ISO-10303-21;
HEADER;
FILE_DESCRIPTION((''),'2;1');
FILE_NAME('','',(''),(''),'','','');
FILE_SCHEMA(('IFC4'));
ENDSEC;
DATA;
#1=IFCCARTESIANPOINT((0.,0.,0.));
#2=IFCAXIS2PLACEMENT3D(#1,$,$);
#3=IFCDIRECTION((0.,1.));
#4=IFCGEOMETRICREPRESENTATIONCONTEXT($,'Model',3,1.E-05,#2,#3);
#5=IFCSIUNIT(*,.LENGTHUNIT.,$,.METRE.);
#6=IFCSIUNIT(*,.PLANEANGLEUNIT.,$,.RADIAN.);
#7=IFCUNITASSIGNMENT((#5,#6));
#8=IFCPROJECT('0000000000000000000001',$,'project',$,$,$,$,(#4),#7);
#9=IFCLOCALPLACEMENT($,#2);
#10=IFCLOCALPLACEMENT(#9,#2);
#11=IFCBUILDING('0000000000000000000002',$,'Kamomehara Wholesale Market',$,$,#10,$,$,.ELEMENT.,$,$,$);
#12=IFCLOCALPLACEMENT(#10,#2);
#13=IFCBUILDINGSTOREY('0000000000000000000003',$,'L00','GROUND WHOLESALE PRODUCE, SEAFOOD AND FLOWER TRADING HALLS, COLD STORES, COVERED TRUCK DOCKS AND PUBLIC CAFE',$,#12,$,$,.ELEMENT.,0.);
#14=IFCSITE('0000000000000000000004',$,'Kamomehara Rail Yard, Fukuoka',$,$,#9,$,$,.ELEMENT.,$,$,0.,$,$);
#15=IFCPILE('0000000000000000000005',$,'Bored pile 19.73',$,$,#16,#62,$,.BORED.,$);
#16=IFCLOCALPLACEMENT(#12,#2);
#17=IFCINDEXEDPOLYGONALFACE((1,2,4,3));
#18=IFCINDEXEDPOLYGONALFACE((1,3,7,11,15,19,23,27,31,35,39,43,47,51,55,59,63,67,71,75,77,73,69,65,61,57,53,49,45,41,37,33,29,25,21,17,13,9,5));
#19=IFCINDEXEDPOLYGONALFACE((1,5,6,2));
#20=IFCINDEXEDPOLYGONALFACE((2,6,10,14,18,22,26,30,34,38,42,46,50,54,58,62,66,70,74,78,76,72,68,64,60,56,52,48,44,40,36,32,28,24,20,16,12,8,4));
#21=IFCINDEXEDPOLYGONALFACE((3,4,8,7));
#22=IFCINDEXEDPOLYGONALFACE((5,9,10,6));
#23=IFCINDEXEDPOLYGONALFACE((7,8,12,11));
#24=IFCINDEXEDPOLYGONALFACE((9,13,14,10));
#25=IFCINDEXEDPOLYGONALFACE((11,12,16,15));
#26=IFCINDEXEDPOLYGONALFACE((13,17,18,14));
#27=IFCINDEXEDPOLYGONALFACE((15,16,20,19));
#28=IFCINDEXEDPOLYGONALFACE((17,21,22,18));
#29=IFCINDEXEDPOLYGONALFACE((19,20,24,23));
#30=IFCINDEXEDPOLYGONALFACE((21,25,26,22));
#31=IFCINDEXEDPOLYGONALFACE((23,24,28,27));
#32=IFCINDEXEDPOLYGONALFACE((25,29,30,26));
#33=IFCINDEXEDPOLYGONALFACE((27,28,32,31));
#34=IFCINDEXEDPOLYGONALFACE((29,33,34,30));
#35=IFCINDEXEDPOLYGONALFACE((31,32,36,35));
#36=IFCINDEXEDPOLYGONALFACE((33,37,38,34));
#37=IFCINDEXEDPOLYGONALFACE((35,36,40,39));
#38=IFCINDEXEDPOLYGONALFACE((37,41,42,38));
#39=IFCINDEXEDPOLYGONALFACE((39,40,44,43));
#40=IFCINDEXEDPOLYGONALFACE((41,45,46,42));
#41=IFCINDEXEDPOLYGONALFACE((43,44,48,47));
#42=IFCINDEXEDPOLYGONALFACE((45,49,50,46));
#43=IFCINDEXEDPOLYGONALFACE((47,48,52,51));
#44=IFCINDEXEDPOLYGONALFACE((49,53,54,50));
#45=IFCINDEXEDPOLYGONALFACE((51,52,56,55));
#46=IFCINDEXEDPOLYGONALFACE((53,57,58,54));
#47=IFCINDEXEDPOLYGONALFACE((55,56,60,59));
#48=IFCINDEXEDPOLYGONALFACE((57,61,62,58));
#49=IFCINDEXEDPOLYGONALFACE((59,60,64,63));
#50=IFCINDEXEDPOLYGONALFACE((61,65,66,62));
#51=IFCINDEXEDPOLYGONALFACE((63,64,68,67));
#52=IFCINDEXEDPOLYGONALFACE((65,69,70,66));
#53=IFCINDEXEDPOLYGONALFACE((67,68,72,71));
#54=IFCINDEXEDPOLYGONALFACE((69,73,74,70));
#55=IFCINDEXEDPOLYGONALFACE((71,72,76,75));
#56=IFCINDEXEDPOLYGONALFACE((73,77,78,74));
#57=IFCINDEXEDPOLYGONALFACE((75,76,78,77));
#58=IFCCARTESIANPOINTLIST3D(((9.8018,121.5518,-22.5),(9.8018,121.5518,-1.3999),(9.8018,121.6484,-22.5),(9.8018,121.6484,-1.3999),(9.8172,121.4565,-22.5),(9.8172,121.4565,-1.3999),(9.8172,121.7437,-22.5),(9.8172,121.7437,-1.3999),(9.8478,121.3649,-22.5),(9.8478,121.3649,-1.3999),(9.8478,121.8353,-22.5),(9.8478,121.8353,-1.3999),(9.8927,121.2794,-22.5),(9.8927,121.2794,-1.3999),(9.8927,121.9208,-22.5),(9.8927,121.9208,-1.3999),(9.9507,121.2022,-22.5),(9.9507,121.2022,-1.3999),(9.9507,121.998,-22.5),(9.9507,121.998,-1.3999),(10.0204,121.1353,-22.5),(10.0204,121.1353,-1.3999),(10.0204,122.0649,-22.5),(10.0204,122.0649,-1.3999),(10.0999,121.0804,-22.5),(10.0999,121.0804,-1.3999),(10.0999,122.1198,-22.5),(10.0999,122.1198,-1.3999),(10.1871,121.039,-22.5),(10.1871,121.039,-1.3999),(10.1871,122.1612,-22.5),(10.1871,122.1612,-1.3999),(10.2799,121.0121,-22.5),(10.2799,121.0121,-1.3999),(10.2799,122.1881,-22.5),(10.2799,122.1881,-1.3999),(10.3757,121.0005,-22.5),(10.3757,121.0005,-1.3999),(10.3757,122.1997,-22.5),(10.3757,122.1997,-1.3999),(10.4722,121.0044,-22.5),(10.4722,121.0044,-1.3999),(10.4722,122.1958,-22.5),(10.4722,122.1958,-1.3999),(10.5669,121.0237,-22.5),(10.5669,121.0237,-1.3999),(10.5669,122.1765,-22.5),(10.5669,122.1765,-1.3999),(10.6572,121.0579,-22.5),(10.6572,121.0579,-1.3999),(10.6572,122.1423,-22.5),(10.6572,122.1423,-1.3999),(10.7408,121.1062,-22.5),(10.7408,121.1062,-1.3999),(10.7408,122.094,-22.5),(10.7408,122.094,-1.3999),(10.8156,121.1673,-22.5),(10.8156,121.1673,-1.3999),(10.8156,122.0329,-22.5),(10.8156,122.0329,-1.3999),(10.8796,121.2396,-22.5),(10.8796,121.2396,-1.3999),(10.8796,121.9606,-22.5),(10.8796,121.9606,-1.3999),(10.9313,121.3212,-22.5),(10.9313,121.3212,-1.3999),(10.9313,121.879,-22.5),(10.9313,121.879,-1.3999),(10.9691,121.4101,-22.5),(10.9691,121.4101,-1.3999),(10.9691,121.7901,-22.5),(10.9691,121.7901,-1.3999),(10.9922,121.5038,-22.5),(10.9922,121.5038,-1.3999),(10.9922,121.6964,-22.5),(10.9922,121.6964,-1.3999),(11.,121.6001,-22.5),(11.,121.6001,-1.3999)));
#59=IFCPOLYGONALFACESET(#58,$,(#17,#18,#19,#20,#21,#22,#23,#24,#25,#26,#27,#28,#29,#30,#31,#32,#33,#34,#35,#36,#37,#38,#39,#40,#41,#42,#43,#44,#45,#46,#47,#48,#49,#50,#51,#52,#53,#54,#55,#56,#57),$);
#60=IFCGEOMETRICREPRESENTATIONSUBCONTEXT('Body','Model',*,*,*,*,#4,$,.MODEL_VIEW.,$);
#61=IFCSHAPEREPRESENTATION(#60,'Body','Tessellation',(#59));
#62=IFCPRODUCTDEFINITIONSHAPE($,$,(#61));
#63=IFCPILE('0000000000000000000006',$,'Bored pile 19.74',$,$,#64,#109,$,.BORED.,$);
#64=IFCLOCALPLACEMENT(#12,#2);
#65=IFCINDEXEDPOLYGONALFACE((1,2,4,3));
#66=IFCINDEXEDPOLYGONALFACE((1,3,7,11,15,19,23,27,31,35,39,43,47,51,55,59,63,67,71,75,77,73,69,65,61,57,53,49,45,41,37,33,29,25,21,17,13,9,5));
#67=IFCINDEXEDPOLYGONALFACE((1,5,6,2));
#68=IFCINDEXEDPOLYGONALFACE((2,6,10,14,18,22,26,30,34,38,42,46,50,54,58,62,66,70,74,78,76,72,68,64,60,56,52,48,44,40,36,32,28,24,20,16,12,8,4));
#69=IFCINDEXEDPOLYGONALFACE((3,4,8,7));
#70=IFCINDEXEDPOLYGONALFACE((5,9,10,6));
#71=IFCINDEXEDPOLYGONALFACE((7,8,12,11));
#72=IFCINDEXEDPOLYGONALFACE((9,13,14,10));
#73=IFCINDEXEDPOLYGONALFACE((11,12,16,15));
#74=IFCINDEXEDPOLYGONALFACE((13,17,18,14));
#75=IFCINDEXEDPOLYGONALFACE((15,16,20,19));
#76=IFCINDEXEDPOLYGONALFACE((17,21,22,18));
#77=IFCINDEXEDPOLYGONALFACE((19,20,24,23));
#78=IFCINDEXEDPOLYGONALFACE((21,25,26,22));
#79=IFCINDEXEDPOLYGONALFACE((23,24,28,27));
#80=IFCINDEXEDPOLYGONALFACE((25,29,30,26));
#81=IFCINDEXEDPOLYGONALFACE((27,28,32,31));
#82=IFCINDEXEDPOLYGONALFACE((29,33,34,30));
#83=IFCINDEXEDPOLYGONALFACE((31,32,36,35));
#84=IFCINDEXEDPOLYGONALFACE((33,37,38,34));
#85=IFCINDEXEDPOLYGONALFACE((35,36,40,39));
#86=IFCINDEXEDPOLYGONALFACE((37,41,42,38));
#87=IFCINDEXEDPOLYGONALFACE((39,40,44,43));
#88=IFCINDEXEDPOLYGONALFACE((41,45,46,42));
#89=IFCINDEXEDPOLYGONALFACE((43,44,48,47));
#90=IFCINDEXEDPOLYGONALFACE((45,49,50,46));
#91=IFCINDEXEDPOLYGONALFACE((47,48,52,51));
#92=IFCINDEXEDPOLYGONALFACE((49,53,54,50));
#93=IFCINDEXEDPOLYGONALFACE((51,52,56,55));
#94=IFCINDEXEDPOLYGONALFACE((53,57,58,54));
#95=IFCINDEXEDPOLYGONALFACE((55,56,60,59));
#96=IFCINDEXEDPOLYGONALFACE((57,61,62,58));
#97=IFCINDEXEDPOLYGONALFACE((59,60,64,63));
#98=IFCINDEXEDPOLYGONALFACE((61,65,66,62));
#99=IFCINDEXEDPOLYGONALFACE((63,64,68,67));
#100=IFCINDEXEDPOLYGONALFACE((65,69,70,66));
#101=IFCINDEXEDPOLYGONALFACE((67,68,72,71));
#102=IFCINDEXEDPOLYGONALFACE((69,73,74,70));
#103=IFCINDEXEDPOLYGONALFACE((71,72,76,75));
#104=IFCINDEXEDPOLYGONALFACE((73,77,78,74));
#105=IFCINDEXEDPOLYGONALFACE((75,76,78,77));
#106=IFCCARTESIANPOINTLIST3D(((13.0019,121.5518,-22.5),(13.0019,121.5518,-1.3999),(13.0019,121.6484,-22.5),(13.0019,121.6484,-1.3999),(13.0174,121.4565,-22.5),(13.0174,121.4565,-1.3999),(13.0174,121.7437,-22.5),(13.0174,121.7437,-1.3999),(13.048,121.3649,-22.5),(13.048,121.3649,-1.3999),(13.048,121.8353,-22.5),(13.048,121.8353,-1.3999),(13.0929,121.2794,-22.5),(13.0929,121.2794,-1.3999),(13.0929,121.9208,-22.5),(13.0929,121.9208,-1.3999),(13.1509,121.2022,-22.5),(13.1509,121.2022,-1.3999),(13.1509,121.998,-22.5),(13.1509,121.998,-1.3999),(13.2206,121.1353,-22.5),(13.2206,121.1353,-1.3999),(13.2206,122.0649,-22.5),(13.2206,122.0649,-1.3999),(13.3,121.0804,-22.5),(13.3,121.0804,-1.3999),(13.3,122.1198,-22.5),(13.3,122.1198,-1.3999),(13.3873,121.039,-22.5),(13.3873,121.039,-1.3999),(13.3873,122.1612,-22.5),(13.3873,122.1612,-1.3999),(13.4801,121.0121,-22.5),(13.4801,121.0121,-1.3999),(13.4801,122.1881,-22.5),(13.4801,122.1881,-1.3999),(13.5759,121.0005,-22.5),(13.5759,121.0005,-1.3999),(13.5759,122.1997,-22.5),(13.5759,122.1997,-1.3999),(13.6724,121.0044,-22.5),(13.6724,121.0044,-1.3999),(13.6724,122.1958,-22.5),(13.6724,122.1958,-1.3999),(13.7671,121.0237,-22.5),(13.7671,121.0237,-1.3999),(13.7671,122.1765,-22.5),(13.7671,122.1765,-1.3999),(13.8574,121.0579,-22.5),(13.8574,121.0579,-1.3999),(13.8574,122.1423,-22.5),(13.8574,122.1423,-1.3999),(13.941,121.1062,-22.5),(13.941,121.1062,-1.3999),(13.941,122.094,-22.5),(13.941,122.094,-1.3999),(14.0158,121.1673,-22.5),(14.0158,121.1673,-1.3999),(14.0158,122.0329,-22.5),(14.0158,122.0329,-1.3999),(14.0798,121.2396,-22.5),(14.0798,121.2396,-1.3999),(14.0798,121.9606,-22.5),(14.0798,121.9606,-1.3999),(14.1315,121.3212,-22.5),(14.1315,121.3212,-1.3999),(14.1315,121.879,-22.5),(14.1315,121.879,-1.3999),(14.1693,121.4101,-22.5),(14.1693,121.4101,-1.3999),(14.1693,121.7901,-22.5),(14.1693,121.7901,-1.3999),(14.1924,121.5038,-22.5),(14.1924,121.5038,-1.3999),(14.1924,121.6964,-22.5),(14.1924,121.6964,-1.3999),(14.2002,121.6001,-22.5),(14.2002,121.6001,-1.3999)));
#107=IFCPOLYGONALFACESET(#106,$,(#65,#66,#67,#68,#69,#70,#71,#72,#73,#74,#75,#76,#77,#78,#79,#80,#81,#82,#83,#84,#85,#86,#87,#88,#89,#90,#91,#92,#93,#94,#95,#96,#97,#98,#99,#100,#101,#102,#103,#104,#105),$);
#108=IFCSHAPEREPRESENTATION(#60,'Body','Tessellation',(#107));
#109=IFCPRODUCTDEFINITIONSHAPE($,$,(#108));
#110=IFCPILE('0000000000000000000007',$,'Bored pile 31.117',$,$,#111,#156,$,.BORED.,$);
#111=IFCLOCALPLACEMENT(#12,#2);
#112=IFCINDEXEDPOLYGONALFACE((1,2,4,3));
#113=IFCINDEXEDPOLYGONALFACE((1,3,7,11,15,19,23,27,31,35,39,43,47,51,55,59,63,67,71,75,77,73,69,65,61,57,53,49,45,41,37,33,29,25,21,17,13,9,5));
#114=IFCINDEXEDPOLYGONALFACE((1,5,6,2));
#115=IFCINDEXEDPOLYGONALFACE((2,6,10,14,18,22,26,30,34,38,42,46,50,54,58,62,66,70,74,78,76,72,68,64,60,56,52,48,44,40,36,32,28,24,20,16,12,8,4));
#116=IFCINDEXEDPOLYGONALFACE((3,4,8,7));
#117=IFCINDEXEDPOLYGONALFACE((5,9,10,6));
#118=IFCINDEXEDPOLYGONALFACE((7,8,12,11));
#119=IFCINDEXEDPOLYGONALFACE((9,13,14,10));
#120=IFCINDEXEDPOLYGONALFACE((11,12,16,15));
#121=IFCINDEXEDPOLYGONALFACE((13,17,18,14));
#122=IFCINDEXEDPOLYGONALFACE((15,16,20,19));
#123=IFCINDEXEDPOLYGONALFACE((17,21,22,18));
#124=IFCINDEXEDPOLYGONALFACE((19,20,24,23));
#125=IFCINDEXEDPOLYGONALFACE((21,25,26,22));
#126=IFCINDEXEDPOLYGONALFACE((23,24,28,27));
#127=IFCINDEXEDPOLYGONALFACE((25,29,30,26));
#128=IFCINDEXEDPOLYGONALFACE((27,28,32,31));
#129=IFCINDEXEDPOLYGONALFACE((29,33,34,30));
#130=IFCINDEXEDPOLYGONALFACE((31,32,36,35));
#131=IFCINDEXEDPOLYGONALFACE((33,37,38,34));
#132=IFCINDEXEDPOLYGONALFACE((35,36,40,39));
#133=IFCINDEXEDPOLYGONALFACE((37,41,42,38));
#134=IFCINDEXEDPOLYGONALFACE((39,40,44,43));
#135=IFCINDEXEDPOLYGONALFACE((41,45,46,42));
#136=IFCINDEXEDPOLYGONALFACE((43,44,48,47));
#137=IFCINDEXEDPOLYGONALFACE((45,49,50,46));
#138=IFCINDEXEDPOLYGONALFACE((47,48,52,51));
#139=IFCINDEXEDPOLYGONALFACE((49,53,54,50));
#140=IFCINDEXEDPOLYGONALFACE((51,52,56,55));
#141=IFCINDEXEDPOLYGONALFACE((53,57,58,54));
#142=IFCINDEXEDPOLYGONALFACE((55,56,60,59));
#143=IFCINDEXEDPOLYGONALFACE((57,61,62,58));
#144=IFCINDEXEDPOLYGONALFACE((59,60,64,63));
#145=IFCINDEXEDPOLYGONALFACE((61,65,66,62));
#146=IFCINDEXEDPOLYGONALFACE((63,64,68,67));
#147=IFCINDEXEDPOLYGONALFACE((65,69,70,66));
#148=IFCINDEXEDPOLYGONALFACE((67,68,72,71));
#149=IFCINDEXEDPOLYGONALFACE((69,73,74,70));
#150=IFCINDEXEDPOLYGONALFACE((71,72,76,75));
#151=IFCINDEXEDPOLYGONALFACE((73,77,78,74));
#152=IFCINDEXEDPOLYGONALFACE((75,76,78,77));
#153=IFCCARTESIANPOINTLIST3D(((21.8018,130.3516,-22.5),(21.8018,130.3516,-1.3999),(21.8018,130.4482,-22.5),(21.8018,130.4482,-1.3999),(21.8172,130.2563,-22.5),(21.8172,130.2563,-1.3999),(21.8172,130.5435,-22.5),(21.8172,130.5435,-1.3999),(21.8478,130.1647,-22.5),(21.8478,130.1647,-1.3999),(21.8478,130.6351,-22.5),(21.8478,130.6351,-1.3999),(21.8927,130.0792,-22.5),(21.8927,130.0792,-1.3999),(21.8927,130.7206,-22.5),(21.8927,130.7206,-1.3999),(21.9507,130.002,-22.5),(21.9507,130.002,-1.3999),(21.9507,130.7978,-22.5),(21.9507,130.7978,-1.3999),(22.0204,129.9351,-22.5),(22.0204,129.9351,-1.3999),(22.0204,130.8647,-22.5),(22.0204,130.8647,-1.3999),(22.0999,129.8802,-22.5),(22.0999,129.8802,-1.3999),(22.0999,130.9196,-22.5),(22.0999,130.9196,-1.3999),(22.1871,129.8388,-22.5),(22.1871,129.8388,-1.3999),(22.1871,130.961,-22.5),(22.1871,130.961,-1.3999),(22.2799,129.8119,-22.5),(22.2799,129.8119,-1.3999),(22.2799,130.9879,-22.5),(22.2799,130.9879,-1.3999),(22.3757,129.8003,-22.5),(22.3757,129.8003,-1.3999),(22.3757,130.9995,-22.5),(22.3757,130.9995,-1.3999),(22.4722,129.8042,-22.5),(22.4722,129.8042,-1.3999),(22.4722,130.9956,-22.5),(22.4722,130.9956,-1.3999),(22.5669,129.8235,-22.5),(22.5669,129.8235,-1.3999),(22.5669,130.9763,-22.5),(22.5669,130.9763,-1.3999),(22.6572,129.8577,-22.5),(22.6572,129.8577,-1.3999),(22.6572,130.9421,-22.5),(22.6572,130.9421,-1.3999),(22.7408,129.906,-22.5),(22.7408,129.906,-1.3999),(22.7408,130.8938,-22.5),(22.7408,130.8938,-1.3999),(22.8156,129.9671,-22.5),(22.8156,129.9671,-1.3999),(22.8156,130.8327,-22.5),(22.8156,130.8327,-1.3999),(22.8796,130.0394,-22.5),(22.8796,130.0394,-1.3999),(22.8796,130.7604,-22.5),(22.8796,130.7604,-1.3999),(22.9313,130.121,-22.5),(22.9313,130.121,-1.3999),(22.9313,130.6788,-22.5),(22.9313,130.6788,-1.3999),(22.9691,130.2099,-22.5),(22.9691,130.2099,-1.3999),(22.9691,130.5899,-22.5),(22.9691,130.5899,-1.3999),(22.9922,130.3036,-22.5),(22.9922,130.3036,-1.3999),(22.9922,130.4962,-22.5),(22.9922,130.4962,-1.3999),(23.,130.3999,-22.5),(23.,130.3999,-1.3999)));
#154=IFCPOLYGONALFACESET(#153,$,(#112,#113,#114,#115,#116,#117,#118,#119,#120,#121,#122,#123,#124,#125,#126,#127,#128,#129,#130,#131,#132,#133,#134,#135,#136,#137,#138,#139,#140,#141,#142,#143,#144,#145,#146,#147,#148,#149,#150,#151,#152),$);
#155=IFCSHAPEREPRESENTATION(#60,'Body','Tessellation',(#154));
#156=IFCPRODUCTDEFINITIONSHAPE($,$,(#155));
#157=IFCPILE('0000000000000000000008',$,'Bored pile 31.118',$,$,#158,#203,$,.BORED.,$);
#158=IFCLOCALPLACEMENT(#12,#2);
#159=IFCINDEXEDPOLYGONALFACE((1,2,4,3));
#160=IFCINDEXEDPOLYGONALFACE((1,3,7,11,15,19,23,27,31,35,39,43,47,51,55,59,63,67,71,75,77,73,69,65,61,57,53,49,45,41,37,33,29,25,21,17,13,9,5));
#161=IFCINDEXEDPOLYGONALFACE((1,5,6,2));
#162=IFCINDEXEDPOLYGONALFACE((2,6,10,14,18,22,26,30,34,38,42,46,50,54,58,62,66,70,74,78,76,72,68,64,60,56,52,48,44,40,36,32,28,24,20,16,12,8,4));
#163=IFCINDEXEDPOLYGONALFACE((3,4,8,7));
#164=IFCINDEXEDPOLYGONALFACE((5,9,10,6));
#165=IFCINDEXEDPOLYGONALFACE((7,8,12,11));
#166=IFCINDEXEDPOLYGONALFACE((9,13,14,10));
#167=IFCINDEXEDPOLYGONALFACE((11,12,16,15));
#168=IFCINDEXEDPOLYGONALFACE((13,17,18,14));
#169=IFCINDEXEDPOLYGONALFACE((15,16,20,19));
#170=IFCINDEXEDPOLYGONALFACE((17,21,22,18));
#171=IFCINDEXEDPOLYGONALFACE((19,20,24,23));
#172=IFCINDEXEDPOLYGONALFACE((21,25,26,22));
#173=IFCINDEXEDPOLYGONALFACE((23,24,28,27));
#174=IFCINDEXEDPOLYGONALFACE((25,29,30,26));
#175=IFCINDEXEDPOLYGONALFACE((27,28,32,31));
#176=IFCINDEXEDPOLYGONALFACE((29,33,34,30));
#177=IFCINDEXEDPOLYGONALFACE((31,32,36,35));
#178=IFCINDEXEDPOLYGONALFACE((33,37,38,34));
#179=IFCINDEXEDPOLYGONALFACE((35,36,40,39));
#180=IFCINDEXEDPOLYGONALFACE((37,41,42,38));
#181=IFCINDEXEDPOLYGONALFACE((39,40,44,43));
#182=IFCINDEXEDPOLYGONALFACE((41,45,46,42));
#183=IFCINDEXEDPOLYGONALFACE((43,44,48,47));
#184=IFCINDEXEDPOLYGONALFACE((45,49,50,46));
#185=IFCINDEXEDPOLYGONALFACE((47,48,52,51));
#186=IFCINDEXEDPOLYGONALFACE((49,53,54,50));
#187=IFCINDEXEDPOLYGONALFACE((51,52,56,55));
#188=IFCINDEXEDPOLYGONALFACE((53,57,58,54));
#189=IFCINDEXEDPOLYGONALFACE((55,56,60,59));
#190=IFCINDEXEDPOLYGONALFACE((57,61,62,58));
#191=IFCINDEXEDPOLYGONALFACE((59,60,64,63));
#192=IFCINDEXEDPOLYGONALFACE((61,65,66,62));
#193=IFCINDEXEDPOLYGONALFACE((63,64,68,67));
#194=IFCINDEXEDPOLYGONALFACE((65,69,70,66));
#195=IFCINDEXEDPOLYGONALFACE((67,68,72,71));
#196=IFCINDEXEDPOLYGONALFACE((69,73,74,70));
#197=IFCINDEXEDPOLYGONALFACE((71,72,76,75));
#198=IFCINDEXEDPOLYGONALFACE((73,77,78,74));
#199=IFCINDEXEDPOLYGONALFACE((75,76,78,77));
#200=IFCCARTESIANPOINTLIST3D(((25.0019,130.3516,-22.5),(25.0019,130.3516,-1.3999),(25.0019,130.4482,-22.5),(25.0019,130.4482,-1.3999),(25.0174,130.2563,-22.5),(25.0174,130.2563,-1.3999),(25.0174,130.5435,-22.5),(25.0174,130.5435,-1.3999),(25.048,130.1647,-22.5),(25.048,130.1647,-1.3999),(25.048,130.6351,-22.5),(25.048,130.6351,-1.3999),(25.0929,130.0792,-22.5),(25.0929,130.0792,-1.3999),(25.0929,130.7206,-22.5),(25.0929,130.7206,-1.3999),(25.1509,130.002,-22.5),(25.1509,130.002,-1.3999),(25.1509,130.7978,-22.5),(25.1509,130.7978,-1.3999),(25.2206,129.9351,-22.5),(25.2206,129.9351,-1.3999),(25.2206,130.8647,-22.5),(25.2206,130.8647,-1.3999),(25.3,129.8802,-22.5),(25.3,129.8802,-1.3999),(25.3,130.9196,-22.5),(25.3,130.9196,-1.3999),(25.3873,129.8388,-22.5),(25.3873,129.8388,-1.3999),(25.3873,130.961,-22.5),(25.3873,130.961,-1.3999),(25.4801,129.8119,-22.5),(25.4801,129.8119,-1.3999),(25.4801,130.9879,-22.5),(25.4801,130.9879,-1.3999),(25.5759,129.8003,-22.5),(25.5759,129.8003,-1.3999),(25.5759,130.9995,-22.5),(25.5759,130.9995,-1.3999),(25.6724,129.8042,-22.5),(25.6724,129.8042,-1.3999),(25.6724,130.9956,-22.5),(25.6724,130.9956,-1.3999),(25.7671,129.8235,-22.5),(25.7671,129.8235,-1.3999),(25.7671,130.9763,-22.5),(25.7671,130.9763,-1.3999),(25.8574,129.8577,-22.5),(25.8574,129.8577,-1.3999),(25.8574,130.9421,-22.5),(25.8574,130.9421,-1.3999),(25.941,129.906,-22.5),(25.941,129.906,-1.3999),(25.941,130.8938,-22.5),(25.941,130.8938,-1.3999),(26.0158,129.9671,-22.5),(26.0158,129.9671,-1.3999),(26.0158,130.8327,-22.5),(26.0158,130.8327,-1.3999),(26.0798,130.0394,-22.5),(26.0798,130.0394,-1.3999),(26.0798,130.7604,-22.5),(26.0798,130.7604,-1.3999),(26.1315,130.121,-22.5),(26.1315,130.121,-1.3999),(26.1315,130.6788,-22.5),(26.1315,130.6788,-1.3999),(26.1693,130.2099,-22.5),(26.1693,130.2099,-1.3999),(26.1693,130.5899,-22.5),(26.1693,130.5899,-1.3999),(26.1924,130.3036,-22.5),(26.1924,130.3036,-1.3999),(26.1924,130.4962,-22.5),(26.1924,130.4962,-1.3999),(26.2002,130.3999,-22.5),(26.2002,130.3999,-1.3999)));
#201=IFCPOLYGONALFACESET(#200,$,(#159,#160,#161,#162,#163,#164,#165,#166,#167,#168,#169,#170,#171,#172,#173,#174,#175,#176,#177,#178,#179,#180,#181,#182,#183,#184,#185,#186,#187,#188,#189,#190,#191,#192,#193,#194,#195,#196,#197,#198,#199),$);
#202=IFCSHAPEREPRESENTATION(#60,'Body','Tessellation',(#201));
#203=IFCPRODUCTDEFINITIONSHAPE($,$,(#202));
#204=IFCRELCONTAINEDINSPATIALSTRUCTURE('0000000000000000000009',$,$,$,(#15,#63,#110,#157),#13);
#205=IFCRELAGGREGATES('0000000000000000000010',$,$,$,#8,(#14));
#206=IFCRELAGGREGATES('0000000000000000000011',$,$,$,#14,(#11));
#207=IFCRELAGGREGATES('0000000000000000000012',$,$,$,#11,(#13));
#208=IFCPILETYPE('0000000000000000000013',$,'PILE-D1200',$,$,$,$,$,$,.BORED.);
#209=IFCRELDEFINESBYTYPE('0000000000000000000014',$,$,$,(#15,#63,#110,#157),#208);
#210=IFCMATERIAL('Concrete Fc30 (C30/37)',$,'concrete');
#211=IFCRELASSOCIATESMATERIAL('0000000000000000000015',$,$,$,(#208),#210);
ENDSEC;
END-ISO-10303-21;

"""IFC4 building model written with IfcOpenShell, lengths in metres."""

from ifc_helpers import new_model, si_unit, direction, frame, origin, origin_2d, place, context, subcontext, project, spatial, circle, extrude, material, material_profile, profile_set, type_object, element, save


model = new_model("IFC4")

# Units and contexts
model_context = context("Model", 3, precision=1e-05, world=origin(), true_north=direction((0.0, 1.0)))
body_context = subcontext(model_context, "Body", "Model", "MODEL_VIEW")
ifc_project = project(units=[si_unit("LENGTHUNIT", "METRE"), si_unit("PLANEANGLEUNIT", "RADIAN")], contexts=[model_context])

# Site, building, storey
site_placement = place(None, origin())
site = spatial("IfcSite", under=ifc_project, at=site_placement, Name="Kamomehara Rail Yard, Fukuoka", CompositionType="ELEMENT", RefElevation=0.0)
building_placement = place(site_placement, origin())
building = spatial("IfcBuilding", under=site, at=building_placement, Name="Kamomehara Wholesale Market", CompositionType="ELEMENT")
storey_placement = place(building_placement, origin())
storey = spatial("IfcBuildingStorey", under=building, at=storey_placement, Name="L00", Description="GROUND WHOLESALE PRODUCE, SEAFOOD AND FLOWER TRADING HALLS, COLD STORES, COVERED TRUCK DOCKS AND PUBLIC CAFE", CompositionType="ELEMENT", Elevation=0.0)

# Piles
ifc_material_1 = material(Name="Concrete Fc30 (C30/37)", Category="concrete")
ifc_material_profile_1 = material_profile(ifc_material_1, circle(Radius=0.6001, at=origin_2d()), Name="RC-PILE-D1200")
ifc_profile_set_1 = profile_set([ifc_material_profile_1], Name="Concrete Fc30 (C30/37)")
pile_type_1 = type_object("IfcPileType", Name="PILE-D1200", PredefinedType="BORED", material=ifc_profile_set_1)
for number, where, z_axis, x_axis, name in (
    (1, (10.3999, 121.6001, -1.3999), (0.0, 0.0, -1.0), (1.0, 0.0, 0.0), "Bored pile 19.73"),
    (2, (13.6001, 121.6001, -1.3999), (0.0, 0.0, -1.0), (1.0, 0.0, 0.0), "Bored pile 19.74"),
    (3, (22.3999, 130.3999, -1.3999), (0.0, 0.0, -1.0), (1.0, 0.0, 0.0), "Bored pile 31.117"),
    (4, (25.6001, 130.3999, -1.3999), (0.0, 0.0, -1.0), (1.0, 0.0, 0.0), "Bored pile 31.118"),
):
    element("IfcPile", number, at=place(storey_placement, frame(where, z_axis=z_axis, x_axis=x_axis)), inside=storey, type_object=pile_type_1, Name=name, PredefinedType="BORED", context=body_context, shape_type="SweptSolid", body=[
        extrude(circle(Radius=0.6001, at=origin_2d()), origin(), (0.0, 0.0, 1.0), 21.1001),
    ])

save(model, "model.ifc")
